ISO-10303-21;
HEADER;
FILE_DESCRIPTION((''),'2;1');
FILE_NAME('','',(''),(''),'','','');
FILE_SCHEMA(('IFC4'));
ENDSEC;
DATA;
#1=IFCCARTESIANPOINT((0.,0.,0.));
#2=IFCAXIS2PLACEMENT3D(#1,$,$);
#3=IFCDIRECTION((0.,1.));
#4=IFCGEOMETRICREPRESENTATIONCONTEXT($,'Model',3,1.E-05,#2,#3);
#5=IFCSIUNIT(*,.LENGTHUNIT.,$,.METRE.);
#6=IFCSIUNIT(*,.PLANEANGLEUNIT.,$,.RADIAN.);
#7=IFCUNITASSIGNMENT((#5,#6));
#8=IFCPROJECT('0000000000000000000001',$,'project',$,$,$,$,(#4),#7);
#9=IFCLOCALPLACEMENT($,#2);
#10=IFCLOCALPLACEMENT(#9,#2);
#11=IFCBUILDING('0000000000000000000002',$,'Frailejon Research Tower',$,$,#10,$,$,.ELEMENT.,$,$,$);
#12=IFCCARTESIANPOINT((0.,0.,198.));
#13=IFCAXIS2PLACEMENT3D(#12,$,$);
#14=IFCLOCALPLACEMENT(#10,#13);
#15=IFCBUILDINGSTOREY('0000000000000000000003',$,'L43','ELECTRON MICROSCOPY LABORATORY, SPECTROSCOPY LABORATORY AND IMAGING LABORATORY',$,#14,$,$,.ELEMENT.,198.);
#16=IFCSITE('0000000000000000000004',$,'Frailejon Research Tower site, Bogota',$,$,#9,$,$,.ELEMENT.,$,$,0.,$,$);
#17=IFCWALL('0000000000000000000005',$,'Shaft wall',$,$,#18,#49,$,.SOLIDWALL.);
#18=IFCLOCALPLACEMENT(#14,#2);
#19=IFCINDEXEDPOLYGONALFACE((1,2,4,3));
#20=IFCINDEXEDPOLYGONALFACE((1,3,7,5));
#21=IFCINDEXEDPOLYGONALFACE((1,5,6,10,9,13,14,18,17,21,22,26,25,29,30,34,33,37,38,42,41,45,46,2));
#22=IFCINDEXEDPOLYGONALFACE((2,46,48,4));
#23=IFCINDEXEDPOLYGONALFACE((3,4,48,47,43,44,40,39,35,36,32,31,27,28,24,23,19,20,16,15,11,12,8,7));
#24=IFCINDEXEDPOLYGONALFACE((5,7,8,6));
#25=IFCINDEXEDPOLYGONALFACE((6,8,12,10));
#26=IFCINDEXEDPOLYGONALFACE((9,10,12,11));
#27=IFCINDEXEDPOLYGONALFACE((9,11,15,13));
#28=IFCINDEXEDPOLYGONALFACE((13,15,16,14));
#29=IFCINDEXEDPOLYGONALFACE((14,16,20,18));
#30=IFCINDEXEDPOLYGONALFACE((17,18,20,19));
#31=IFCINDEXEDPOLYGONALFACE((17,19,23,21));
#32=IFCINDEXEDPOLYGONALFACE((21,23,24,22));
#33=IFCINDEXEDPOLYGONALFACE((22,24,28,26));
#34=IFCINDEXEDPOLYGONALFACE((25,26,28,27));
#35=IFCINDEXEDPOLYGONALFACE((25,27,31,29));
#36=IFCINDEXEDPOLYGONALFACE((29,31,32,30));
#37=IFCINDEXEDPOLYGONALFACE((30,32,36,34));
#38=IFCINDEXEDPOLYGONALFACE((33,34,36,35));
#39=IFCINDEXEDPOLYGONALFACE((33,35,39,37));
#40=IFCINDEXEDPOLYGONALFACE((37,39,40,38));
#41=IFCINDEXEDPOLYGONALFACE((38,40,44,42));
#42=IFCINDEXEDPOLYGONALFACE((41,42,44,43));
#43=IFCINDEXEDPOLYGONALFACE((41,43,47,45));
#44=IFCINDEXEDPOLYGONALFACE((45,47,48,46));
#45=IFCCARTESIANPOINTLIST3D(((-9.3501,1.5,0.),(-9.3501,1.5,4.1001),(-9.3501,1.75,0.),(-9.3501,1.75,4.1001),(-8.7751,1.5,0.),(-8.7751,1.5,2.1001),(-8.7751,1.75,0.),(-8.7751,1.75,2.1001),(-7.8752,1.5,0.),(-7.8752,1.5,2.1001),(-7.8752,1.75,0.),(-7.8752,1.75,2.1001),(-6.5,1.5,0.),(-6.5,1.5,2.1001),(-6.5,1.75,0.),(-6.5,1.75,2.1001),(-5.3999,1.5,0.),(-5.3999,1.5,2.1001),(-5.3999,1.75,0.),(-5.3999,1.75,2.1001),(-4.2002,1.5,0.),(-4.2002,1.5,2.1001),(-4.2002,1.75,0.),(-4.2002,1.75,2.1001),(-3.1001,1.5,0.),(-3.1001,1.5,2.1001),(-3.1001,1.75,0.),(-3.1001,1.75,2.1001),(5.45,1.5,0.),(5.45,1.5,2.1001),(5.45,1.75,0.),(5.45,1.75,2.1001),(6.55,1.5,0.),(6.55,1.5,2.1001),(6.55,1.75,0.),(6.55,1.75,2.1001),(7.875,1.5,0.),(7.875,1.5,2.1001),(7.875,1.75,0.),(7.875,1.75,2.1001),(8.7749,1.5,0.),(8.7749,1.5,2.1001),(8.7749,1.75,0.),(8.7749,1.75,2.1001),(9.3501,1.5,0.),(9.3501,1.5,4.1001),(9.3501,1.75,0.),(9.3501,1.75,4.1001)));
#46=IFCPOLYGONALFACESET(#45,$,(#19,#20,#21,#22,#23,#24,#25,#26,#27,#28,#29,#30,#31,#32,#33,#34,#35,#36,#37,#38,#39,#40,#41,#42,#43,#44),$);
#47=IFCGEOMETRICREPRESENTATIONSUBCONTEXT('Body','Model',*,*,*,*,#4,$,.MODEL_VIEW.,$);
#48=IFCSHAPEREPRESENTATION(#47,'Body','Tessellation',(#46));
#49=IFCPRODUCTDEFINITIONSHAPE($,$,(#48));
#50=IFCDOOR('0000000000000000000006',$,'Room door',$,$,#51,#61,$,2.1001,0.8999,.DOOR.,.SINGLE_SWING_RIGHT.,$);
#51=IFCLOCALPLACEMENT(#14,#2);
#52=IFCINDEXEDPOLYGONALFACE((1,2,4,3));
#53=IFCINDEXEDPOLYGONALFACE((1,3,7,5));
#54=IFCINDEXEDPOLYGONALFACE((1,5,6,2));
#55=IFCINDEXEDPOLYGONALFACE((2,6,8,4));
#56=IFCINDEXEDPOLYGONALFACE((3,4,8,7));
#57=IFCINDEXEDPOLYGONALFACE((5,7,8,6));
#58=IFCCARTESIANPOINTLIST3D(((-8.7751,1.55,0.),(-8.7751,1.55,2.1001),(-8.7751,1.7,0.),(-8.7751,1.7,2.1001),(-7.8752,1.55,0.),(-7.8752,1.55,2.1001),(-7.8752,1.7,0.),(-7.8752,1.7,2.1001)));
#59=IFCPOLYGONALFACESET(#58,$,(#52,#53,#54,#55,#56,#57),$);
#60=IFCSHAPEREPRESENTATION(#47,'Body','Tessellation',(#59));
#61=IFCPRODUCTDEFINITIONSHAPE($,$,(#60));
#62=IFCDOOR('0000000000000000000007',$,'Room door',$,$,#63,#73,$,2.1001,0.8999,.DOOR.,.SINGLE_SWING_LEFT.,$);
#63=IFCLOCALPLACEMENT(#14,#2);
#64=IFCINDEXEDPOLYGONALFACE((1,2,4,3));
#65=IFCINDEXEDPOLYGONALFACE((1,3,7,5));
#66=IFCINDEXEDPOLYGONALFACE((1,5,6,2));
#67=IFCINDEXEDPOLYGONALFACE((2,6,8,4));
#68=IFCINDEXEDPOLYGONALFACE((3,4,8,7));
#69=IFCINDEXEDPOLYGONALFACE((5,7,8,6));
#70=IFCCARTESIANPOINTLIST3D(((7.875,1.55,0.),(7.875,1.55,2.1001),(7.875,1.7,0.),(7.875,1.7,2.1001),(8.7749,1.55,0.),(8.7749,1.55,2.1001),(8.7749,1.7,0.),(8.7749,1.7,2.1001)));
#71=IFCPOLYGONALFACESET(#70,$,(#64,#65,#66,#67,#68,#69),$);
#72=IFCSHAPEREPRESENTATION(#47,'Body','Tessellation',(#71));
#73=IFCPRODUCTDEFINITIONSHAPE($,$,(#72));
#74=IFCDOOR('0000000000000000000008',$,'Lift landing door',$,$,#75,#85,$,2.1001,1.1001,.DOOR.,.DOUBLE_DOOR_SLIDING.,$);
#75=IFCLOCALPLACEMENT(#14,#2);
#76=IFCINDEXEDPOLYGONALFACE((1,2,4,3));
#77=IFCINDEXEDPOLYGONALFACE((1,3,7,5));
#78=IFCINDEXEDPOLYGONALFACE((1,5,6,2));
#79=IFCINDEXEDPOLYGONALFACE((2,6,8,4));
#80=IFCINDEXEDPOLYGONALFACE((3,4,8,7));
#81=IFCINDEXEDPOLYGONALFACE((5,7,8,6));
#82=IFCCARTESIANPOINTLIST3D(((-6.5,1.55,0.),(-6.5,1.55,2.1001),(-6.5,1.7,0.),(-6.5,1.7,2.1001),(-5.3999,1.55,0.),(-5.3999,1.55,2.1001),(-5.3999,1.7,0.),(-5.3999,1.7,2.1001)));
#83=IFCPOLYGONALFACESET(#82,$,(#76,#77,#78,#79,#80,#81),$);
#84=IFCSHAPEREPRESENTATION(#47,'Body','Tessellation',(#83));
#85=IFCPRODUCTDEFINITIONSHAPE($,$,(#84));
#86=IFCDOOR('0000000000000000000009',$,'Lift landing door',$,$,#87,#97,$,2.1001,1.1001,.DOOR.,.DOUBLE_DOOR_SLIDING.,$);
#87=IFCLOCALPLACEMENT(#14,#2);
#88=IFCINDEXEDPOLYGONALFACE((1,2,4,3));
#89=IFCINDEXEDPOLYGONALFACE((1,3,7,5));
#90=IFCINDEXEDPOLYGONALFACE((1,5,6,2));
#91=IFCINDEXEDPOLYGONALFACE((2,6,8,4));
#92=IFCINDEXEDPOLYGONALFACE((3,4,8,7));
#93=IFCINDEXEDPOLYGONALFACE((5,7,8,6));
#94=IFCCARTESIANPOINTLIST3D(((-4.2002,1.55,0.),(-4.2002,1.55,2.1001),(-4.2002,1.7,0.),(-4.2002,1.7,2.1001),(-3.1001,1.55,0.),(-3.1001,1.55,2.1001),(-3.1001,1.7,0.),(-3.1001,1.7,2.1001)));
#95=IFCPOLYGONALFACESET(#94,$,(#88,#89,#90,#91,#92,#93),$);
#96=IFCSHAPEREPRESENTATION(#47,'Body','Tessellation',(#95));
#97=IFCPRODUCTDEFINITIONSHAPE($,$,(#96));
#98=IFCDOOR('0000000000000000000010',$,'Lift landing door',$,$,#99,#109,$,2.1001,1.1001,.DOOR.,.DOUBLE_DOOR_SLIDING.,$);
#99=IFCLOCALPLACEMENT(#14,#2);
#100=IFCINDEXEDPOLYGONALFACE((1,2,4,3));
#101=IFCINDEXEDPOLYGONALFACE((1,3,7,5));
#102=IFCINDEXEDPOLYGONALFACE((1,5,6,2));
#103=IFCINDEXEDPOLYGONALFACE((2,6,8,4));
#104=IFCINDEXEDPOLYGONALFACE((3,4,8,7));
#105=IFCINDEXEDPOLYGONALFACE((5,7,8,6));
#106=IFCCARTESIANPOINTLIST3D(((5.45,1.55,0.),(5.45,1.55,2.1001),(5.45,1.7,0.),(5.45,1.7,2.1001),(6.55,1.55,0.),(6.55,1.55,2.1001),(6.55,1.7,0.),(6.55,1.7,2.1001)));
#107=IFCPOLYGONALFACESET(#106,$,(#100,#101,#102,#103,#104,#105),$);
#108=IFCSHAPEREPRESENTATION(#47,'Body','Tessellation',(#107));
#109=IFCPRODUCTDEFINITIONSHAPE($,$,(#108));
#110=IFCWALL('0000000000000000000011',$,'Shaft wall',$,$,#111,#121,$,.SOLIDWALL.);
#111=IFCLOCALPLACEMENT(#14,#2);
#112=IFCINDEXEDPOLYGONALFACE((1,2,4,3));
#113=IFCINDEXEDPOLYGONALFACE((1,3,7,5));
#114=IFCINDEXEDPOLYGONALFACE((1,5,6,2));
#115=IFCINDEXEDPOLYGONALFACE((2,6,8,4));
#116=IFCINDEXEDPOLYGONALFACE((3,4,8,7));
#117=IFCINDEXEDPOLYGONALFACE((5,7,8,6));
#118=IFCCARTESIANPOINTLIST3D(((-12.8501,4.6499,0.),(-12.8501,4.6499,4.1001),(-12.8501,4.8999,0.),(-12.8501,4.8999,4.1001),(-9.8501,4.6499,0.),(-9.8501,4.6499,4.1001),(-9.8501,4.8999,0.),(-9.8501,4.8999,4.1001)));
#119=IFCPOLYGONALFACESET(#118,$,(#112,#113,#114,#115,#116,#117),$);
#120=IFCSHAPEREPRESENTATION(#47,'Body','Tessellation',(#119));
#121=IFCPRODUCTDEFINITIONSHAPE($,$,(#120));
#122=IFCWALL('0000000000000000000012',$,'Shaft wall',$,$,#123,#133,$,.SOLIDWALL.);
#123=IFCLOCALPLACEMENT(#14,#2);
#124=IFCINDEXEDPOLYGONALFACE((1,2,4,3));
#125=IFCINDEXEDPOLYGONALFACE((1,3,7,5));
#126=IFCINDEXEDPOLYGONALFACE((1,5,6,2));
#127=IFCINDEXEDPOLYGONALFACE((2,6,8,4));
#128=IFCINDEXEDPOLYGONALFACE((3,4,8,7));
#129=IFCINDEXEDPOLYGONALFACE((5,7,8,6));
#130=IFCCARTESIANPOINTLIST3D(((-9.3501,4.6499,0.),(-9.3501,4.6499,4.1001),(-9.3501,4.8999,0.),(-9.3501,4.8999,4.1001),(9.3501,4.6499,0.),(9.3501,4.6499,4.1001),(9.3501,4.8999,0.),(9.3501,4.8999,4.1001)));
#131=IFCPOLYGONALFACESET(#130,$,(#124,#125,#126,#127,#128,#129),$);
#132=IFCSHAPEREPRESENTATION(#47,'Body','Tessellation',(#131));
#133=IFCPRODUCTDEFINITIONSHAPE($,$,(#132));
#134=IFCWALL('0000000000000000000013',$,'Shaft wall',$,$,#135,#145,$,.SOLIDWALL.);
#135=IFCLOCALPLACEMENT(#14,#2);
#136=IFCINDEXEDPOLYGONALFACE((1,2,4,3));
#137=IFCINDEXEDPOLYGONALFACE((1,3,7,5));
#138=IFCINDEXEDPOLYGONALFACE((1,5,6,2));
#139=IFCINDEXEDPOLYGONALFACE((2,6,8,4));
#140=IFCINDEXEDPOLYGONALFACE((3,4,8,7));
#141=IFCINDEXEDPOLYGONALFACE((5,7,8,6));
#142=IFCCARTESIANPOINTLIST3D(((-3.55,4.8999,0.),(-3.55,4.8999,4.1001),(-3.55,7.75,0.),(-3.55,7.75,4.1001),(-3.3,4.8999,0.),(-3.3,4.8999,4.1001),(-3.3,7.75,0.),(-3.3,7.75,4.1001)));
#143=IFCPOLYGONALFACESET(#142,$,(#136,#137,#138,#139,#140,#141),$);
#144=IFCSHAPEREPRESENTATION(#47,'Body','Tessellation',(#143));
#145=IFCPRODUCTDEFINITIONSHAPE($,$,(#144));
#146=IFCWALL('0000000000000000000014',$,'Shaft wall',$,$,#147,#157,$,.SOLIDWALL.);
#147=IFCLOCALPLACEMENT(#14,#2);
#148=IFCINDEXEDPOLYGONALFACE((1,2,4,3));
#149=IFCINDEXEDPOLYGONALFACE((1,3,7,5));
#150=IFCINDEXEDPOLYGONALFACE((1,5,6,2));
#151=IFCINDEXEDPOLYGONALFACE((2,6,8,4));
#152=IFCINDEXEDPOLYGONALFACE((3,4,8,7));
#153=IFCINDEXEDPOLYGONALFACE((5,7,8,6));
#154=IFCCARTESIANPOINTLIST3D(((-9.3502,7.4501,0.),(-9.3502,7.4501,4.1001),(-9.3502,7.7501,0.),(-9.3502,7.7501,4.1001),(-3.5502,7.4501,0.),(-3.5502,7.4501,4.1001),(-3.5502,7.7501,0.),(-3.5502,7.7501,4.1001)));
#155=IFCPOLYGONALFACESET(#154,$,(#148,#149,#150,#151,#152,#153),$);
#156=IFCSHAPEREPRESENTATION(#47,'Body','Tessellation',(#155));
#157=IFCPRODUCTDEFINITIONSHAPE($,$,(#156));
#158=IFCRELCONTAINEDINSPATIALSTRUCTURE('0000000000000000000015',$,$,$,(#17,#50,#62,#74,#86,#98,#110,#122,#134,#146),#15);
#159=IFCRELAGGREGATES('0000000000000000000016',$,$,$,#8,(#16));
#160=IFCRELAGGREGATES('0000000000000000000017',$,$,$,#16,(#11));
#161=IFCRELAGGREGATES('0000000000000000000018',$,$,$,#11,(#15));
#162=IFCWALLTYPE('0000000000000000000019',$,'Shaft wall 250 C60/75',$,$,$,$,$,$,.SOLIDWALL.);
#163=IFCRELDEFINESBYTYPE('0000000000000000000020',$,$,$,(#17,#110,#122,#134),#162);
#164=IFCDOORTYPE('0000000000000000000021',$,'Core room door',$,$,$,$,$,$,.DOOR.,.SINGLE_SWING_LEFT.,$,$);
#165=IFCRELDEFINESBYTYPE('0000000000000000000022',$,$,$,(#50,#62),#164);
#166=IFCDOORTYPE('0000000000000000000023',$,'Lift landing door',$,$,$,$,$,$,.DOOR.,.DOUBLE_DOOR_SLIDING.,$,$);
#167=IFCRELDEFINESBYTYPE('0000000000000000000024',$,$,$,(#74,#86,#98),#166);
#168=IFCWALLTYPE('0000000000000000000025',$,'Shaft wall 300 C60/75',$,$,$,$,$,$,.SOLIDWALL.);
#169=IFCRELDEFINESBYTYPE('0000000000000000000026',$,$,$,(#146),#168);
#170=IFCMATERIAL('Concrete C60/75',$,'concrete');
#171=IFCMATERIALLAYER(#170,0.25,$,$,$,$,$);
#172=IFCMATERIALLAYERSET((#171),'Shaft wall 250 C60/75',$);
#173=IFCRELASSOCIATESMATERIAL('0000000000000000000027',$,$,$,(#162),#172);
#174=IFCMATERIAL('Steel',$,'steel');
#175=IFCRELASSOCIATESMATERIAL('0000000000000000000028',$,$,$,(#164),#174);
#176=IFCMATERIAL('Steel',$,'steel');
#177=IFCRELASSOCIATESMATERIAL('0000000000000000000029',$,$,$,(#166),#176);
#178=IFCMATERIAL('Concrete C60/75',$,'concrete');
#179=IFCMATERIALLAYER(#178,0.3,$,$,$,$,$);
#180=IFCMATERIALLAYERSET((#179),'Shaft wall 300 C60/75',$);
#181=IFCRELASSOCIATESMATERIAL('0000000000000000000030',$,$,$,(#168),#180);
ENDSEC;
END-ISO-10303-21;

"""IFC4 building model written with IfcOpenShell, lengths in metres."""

from ifc_helpers import new_model, si_unit, direction, frame, frame_2d, origin, place, context, subcontext, project, spatial, rectangle, extrude, material, layer, layer_set, type_object, element, fill, save


model = new_model("IFC4")

# Units and contexts
model_context = context("Model", 3, precision=1e-05, world=origin(), true_north=direction((0.0, 1.0)))
body_context = subcontext(model_context, "Body", "Model", "MODEL_VIEW")
ifc_project = project(units=[si_unit("LENGTHUNIT", "METRE"), si_unit("PLANEANGLEUNIT", "RADIAN")], contexts=[model_context])

# Site, building, storey
site_placement = place(None, origin())
site = spatial("IfcSite", under=ifc_project, at=site_placement, Name="Frailejon Research Tower site, Bogota", CompositionType="ELEMENT", RefElevation=0.0)
building_placement = place(site_placement, origin())
building = spatial("IfcBuilding", under=site, at=building_placement, Name="Frailejon Research Tower", CompositionType="ELEMENT")
storey_placement = place(building_placement, frame((0.0, 0.0, 198.0)))
storey = spatial("IfcBuildingStorey", under=building, at=storey_placement, Name="L43", Description="ELECTRON MICROSCOPY LABORATORY, SPECTROSCOPY LABORATORY AND IMAGING LABORATORY", CompositionType="ELEMENT", Elevation=198.0)

# Wall, openings, doors
ifc_material_1 = material(Name="Concrete C60/75", Category="concrete")
ifc_layer_1 = layer(ifc_material_1, 0.25)
ifc_layer_set_1 = layer_set([ifc_layer_1], Name="Shaft wall 250 C60/75")
wall_type_1 = type_object("IfcWallType", Name="Shaft wall 250 C60/75", PredefinedType="SOLIDWALL", material=ifc_layer_set_1)
ifc_material_2 = material(Name="Steel", Category="steel")
door_type_1 = type_object("IfcDoorType", Name="Core room door", OperationType="SINGLE_SWING_LEFT", PredefinedType="DOOR", material=ifc_material_2)
wall_1_placement = place(storey_placement, frame((-9.3501, 1.625, 0.0), z_axis=(0.0, 0.0, 1.0), x_axis=(1.0, 0.0, 0.0)))
wall_1 = element("IfcWall", 1, at=wall_1_placement, inside=storey, type_object=wall_type_1, Name="Shaft wall", PredefinedType="SOLIDWALL", context=body_context, shape_type="SweptSolid", body=[
    extrude(rectangle(XDim=18.7002, YDim=0.25, at=frame_2d((9.3501, 0.0))), origin(), (0.0, 0.0, 1.0), 4.1001),
])
opening_1_placement = place(wall_1_placement, frame((2.8501, 0.0, 0.0)))
opening_1 = element("IfcOpeningElement", 2, at=opening_1_placement, cuts=wall_1, PredefinedType="OPENING", context=body_context, shape_type="SweptSolid", body=[
    extrude(rectangle(XDim=1.1001, YDim=2.1001, at=frame_2d((0.55, 1.05))), frame((0.0, 0.135, 0.0), z_axis=(0.0, -1.0, 0.0), x_axis=(1.0, 0.0, 0.0)), (0.0, 0.0, 1.0), 0.27),
])
opening_2_placement = place(wall_1_placement, frame((5.1499, 0.0, 0.0)))
opening_2 = element("IfcOpeningElement", 3, at=opening_2_placement, cuts=wall_1, PredefinedType="OPENING", context=body_context, shape_type="SweptSolid", body=[
    extrude(rectangle(XDim=1.1001, YDim=2.1001, at=frame_2d((0.55, 1.05))), frame((0.0, 0.135, 0.0), z_axis=(0.0, -1.0, 0.0), x_axis=(1.0, 0.0, 0.0)), (0.0, 0.0, 1.0), 0.27),
])
opening_3_placement = place(wall_1_placement, frame((14.8, 0.0, 0.0)))
opening_3 = element("IfcOpeningElement", 4, at=opening_3_placement, cuts=wall_1, PredefinedType="OPENING", context=body_context, shape_type="SweptSolid", body=[
    extrude(rectangle(XDim=1.1001, YDim=2.1001, at=frame_2d((0.55, 1.05))), frame((0.0, 0.135, 0.0), z_axis=(0.0, -1.0, 0.0), x_axis=(1.0, 0.0, 0.0)), (0.0, 0.0, 1.0), 0.27),
])
opening_4_placement = place(wall_1_placement, frame((0.575, 0.0, 0.0)))
opening_4 = element("IfcOpeningElement", 5, at=opening_4_placement, cuts=wall_1, PredefinedType="OPENING", context=body_context, shape_type="SweptSolid", body=[
    extrude(rectangle(XDim=0.8999, YDim=2.1001, at=frame_2d((0.45, 1.05))), frame((0.0, 0.135, 0.0), z_axis=(0.0, -1.0, 0.0), x_axis=(1.0, 0.0, 0.0)), (0.0, 0.0, 1.0), 0.27),
])
opening_5_placement = place(wall_1_placement, frame((17.2251, 0.0, 0.0)))
opening_5 = element("IfcOpeningElement", 6, at=opening_5_placement, cuts=wall_1, PredefinedType="OPENING", context=body_context, shape_type="SweptSolid", body=[
    extrude(rectangle(XDim=0.8999, YDim=2.1001, at=frame_2d((0.45, 1.05))), frame((0.0, 0.135, 0.0), z_axis=(0.0, -1.0, 0.0), x_axis=(1.0, 0.0, 0.0)), (0.0, 0.0, 1.0), 0.27),
])
door_1_placement = place(opening_4_placement, origin())
door_1 = element("IfcDoor", 7, at=door_1_placement, inside=storey, type_object=door_type_1, Name="Room door", OperationType="SINGLE_SWING_RIGHT", OverallHeight=2.1001, OverallWidth=0.8999, PredefinedType="DOOR", context=body_context, shape_type="SweptSolid", body=[
    extrude(rectangle(XDim=0.8999, YDim=2.1001, at=frame_2d((0.45, 1.05))), frame((0.0, 0.075, 0.0), z_axis=(0.0, -1.0, 0.0), x_axis=(1.0, 0.0, 0.0)), (0.0, 0.0, 1.0), 0.1499),
])
fill(opening_4, door_1)
door_2_placement = place(opening_5_placement, origin())
door_2 = element("IfcDoor", 8, at=door_2_placement, inside=storey, type_object=door_type_1, Name="Room door", OperationType="SINGLE_SWING_LEFT", OverallHeight=2.1001, OverallWidth=0.8999, PredefinedType="DOOR", context=body_context, shape_type="SweptSolid", body=[
    extrude(rectangle(XDim=0.8999, YDim=2.1001, at=frame_2d((0.45, 1.05))), frame((0.0, 0.075, 0.0), z_axis=(0.0, -1.0, 0.0), x_axis=(1.0, 0.0, 0.0)), (0.0, 0.0, 1.0), 0.1499),
])
fill(opening_5, door_2)
ifc_material_3 = material(Name="Steel", Category="steel")
door_type_2 = type_object("IfcDoorType", Name="Lift landing door", OperationType="DOUBLE_DOOR_SLIDING", PredefinedType="DOOR", material=ifc_material_3)
door_3_placement = place(opening_1_placement, origin())
door_3 = element("IfcDoor", 9, at=door_3_placement, inside=storey, type_object=door_type_2, Name="Lift landing door", OperationType="DOUBLE_DOOR_SLIDING", OverallHeight=2.1001, OverallWidth=1.1001, PredefinedType="DOOR", context=body_context, shape_type="SweptSolid", body=[
    extrude(rectangle(XDim=1.1001, YDim=2.1001, at=frame_2d((0.55, 1.05))), frame((0.0, 0.075, 0.0), z_axis=(0.0, -1.0, 0.0), x_axis=(1.0, 0.0, 0.0)), (0.0, 0.0, 1.0), 0.1499),
])
fill(opening_1, door_3)
door_4_placement = place(opening_2_placement, origin())
door_4 = element("IfcDoor", 10, at=door_4_placement, inside=storey, type_object=door_type_2, Name="Lift landing door", OperationType="DOUBLE_DOOR_SLIDING", OverallHeight=2.1001, OverallWidth=1.1001, PredefinedType="DOOR", context=body_context, shape_type="SweptSolid", body=[
    extrude(rectangle(XDim=1.1001, YDim=2.1001, at=frame_2d((0.55, 1.05))), frame((0.0, 0.075, 0.0), z_axis=(0.0, -1.0, 0.0), x_axis=(1.0, 0.0, 0.0)), (0.0, 0.0, 1.0), 0.1499),
])
fill(opening_2, door_4)
door_5_placement = place(opening_3_placement, origin())
door_5 = element("IfcDoor", 11, at=door_5_placement, inside=storey, type_object=door_type_2, Name="Lift landing door", OperationType="DOUBLE_DOOR_SLIDING", OverallHeight=2.1001, OverallWidth=1.1001, PredefinedType="DOOR", context=body_context, shape_type="SweptSolid", body=[
    extrude(rectangle(XDim=1.1001, YDim=2.1001, at=frame_2d((0.55, 1.05))), frame((0.0, 0.075, 0.0), z_axis=(0.0, -1.0, 0.0), x_axis=(1.0, 0.0, 0.0)), (0.0, 0.0, 1.0), 0.1499),
])
fill(opening_3, door_5)

# Walls
wall_2_placement = place(storey_placement, frame((-12.8501, 4.7749, 0.0), z_axis=(0.0, 0.0, 1.0), x_axis=(1.0, 0.0, 0.0)))
element("IfcWall", 12, at=wall_2_placement, inside=storey, type_object=wall_type_1, Name="Shaft wall", PredefinedType="SOLIDWALL", context=body_context, shape_type="SweptSolid", body=[
    extrude(rectangle(XDim=3.0, YDim=0.25, at=frame_2d((1.5, 0.0))), origin(), (0.0, 0.0, 1.0), 4.1001),
])
wall_3_placement = place(storey_placement, frame((-9.3501, 4.7749, 0.0), z_axis=(0.0, 0.0, 1.0), x_axis=(1.0, 0.0, 0.0)))
element("IfcWall", 13, at=wall_3_placement, inside=storey, type_object=wall_type_1, Name="Shaft wall", PredefinedType="SOLIDWALL", context=body_context, shape_type="SweptSolid", body=[
    extrude(rectangle(XDim=18.7002, YDim=0.25, at=frame_2d((9.3501, 0.0))), origin(), (0.0, 0.0, 1.0), 4.1001),
])
wall_4_placement = place(storey_placement, frame((-3.425, 4.8999, 0.0), z_axis=(0.0, 0.0, 1.0), x_axis=(0.0, 1.0, 0.0)))
element("IfcWall", 14, at=wall_4_placement, inside=storey, type_object=wall_type_1, Name="Shaft wall", PredefinedType="SOLIDWALL", context=body_context, shape_type="SweptSolid", body=[
    extrude(rectangle(XDim=2.8501, YDim=0.25, at=frame_2d((1.425, 0.0))), origin(), (0.0, 0.0, 1.0), 4.1001),
])
ifc_material_4 = material(Name="Concrete C60/75", Category="concrete")
ifc_layer_2 = layer(ifc_material_4, 0.3)
ifc_layer_set_2 = layer_set([ifc_layer_2], Name="Shaft wall 300 C60/75")
wall_type_2 = type_object("IfcWallType", Name="Shaft wall 300 C60/75", PredefinedType="SOLIDWALL", material=ifc_layer_set_2)
wall_5_placement = place(storey_placement, frame((-9.3501, 7.6001, 0.0), z_axis=(0.0, 0.0, 1.0), x_axis=(1.0, 0.0, 0.0)))
element("IfcWall", 15, at=wall_5_placement, inside=storey, type_object=wall_type_2, Name="Shaft wall", PredefinedType="SOLIDWALL", context=body_context, shape_type="SweptSolid", body=[
    extrude(rectangle(XDim=5.8, YDim=0.3, at=frame_2d((2.8999, 0.0))), origin(), (0.0, 0.0, 1.0), 4.1001),
])

save(model, "model.ifc")
